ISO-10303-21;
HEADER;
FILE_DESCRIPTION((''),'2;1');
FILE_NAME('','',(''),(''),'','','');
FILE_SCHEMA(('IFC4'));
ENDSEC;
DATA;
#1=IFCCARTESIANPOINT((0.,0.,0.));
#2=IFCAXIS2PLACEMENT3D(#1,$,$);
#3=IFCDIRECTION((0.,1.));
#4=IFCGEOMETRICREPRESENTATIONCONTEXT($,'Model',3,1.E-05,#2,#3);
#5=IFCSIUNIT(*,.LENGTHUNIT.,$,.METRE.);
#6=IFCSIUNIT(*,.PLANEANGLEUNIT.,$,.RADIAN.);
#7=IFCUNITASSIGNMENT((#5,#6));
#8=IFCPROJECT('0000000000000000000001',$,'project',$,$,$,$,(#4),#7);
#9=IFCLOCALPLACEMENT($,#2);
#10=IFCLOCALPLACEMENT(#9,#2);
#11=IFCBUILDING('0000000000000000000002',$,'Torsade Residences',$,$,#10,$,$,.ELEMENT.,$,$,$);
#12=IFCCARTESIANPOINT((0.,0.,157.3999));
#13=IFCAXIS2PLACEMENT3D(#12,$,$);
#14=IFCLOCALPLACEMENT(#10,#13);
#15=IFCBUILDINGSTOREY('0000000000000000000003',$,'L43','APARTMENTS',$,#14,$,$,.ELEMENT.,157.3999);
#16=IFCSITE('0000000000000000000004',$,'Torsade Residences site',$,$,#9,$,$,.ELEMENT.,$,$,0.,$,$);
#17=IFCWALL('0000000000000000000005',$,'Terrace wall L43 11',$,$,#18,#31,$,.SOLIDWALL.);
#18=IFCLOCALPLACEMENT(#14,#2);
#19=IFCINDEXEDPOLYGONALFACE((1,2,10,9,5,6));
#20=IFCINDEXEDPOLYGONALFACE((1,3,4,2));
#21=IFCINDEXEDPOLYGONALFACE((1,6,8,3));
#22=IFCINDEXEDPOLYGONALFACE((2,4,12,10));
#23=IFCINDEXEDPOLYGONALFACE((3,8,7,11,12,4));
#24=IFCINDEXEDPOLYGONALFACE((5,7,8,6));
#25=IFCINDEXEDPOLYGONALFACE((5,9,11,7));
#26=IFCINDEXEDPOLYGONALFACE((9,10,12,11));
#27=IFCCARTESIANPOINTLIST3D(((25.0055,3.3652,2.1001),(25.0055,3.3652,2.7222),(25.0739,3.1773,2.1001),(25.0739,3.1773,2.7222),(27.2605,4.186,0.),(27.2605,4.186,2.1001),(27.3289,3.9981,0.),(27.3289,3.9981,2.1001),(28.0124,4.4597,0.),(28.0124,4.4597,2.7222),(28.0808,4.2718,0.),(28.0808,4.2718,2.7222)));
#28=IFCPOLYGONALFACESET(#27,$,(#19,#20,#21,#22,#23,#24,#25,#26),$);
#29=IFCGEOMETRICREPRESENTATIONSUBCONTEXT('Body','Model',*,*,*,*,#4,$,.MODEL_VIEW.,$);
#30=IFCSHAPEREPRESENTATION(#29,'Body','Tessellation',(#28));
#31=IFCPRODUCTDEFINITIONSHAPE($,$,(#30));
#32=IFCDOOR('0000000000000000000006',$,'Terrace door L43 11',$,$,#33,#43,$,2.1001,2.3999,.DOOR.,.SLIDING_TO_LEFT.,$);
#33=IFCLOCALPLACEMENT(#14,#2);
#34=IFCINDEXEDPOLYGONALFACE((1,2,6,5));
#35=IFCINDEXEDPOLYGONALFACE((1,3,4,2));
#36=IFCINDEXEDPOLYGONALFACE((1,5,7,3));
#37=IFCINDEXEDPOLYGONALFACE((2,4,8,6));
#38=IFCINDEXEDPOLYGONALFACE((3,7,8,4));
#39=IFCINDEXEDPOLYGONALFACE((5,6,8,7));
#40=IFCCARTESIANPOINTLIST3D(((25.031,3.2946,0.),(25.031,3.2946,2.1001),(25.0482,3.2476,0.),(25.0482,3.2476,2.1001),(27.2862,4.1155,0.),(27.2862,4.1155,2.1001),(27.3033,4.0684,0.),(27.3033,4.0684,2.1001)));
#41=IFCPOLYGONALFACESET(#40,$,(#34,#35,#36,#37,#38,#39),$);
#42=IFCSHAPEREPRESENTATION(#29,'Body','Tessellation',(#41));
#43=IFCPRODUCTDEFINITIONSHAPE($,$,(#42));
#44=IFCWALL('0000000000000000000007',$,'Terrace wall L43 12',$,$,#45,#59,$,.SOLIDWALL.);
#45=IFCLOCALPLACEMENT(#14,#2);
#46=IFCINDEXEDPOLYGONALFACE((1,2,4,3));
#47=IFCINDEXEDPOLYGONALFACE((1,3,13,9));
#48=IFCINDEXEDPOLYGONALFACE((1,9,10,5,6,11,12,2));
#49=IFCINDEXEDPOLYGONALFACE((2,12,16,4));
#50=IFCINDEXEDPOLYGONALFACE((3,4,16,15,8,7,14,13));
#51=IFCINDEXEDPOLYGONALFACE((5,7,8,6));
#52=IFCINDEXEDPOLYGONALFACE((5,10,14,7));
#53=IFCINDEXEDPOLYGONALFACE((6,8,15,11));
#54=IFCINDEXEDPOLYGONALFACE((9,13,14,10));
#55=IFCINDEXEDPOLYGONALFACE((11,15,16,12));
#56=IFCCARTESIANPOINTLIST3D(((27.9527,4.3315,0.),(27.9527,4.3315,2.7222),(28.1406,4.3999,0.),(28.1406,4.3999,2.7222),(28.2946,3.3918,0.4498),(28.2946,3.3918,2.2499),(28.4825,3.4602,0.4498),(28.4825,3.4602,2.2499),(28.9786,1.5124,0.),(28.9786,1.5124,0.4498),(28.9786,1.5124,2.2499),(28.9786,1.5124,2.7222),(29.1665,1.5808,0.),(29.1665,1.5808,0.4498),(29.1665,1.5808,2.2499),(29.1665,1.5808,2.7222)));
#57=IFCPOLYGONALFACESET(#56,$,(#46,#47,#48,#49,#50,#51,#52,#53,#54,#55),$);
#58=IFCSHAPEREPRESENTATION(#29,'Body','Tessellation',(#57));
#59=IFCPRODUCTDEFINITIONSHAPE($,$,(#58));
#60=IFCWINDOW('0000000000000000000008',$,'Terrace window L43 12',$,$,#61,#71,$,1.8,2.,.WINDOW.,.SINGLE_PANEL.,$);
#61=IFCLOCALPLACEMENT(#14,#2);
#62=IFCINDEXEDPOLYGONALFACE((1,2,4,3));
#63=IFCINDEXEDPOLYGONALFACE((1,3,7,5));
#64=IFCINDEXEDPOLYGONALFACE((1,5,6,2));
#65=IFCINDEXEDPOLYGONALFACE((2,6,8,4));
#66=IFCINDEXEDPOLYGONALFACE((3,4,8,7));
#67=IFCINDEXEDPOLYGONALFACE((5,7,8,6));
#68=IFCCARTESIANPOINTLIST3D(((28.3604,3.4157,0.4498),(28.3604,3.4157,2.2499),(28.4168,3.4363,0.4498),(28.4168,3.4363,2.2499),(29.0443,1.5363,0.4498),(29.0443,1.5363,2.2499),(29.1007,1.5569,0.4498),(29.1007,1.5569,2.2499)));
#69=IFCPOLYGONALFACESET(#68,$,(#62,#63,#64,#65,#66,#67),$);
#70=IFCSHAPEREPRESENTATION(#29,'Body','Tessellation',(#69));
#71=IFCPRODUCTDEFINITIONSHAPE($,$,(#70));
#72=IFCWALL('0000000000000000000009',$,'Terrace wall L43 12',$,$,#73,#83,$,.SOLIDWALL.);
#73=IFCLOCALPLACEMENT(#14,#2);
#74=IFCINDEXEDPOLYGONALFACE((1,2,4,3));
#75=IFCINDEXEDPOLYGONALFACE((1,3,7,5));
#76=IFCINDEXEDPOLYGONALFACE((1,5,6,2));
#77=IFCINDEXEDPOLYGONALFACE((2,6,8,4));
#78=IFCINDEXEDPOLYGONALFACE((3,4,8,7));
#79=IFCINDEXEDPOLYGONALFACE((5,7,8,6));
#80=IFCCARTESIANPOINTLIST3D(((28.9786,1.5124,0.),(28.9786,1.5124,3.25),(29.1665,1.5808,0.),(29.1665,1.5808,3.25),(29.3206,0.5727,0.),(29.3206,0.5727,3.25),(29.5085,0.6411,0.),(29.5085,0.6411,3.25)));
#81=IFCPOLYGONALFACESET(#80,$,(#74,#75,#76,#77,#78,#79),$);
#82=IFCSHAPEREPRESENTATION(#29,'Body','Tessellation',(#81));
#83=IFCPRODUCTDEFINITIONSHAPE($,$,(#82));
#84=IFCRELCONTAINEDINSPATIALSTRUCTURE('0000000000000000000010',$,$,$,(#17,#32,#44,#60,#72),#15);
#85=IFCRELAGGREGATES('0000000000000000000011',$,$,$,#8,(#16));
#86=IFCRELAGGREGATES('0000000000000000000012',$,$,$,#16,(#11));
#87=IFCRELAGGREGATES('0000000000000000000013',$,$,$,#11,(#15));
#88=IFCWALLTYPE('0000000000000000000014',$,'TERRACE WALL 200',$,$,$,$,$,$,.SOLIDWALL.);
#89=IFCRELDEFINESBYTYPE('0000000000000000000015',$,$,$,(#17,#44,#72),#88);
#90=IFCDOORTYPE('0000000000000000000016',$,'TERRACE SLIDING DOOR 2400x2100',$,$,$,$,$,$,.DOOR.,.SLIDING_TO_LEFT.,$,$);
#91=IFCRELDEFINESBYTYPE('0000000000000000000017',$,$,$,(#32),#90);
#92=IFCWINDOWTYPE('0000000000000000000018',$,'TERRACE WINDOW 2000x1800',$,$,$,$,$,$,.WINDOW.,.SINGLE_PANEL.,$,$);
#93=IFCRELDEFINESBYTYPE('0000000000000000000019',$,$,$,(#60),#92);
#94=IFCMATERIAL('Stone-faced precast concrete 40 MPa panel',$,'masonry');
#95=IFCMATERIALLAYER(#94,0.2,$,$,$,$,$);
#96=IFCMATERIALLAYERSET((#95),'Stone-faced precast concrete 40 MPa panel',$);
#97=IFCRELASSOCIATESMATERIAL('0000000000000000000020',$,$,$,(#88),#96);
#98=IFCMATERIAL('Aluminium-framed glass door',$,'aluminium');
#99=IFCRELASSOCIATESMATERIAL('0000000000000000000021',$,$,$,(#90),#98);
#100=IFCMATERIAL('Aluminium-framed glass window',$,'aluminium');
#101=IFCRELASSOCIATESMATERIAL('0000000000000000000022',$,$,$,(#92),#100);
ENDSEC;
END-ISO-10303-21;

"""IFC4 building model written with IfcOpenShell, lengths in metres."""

from ifc_helpers import new_model, si_unit, direction, frame, frame_2d, origin, place, context, subcontext, project, spatial, rectangle, extrude, material, layer, layer_set, type_object, element, fill, save


model = new_model("IFC4")

# Units and contexts
model_context = context("Model", 3, precision=1e-05, world=origin(), true_north=direction((0.0, 1.0)))
body_context = subcontext(model_context, "Body", "Model", "MODEL_VIEW")
ifc_project = project(units=[si_unit("LENGTHUNIT", "METRE"), si_unit("PLANEANGLEUNIT", "RADIAN")], contexts=[model_context])

# Site, building, storey
site_placement = place(None, origin())
site = spatial("IfcSite", under=ifc_project, at=site_placement, Name="Torsade Residences site", CompositionType="ELEMENT", RefElevation=0.0)
building_placement = place(site_placement, origin())
building = spatial("IfcBuilding", under=site, at=building_placement, Name="Torsade Residences", CompositionType="ELEMENT")
storey_placement = place(building_placement, frame((0.0, 0.0, 157.3999)))
storey = spatial("IfcBuildingStorey", under=building, at=storey_placement, Name="L43", Description="APARTMENTS", CompositionType="ELEMENT", Elevation=157.3999)

# Wall, opening, door
ifc_material_1 = material(Name="Stone-faced precast concrete 40 MPa panel", Category="masonry")
ifc_layer_1 = layer(ifc_material_1, 0.2)
ifc_layer_set_1 = layer_set([ifc_layer_1], Name="Stone-faced precast concrete 40 MPa panel")
wall_type_1 = type_object("IfcWallType", Name="TERRACE WALL 200", PredefinedType="SOLIDWALL", material=ifc_layer_set_1)
wall_1_placement = place(storey_placement, frame((25.0396, 3.2712, 0.0), z_axis=(0.0, 0.0, 1.0), x_axis=(0.939693, 0.342019, 0.0)))
wall_1 = element("IfcWall", 1, at=wall_1_placement, inside=storey, type_object=wall_type_1, Name="Terrace wall L43 11", PredefinedType="SOLIDWALL", context=body_context, shape_type="SweptSolid", body=[
    extrude(rectangle(XDim=3.2, YDim=0.2, at=frame_2d((1.6001, 0.0))), origin(), (0.0, 0.0, 1.0), 2.7222),
])
opening_1_placement = place(wall_1_placement, origin())
opening_1 = element("IfcOpeningElement", 2, at=opening_1_placement, cuts=wall_1, PredefinedType="OPENING", context=body_context, shape_type="SweptSolid", body=[
    extrude(rectangle(XDim=2.3999, YDim=2.1001, at=frame_2d((1.2, 1.05))), frame((0.0, 0.1099, 0.0), z_axis=(0.0, -1.0, 0.0), x_axis=(1.0, 0.0, 0.0)), (0.0, 0.0, 1.0), 0.22),
])
ifc_material_2 = material(Name="Aluminium-framed glass door", Category="aluminium")
door_type_1 = type_object("IfcDoorType", Name="TERRACE SLIDING DOOR 2400x2100", OperationType="SLIDING_TO_LEFT", PredefinedType="DOOR", material=ifc_material_2)
door_1_placement = place(opening_1_placement, origin())
door_1 = element("IfcDoor", 3, at=door_1_placement, inside=storey, type_object=door_type_1, Name="Terrace door L43 11", OperationType="SLIDING_TO_LEFT", OverallHeight=2.1001, OverallWidth=2.3999, PredefinedType="DOOR", context=body_context, shape_type="SweptSolid", body=[
    extrude(rectangle(XDim=2.3999, YDim=2.1001, at=frame_2d((1.2, 1.05))), frame((0.0, 0.0249, 0.0), z_axis=(0.0, -1.0, 0.0), x_axis=(1.0, 0.0, 0.0)), (0.0, 0.0, 1.0), 0.05),
])
fill(opening_1, door_1)

# Wall, opening, window
wall_2_placement = place(storey_placement, frame((28.0466, 4.3657, 0.0), z_axis=(0.0, 0.0, 1.0), x_axis=(0.341965, -0.939713, 0.0)))
wall_2 = element("IfcWall", 4, at=wall_2_placement, inside=storey, type_object=wall_type_1, Name="Terrace wall L43 12", PredefinedType="SOLIDWALL", context=body_context, shape_type="SweptSolid", body=[
    extrude(rectangle(XDim=3.0, YDim=0.2, at=frame_2d((1.5, 0.0))), origin(), (0.0, 0.0, 1.0), 2.7222),
])
opening_2_placement = place(wall_2_placement, frame((1.0, 0.0, 0.45)))
opening_2 = element("IfcOpeningElement", 5, at=opening_2_placement, cuts=wall_2, PredefinedType="OPENING", context=body_context, shape_type="SweptSolid", body=[
    extrude(rectangle(XDim=2.0, YDim=1.8, at=frame_2d((1.0, 0.8999))), frame((0.0, 0.1099, 0.0), z_axis=(0.0, -1.0, 0.0), x_axis=(1.0, 0.0, 0.0)), (0.0, 0.0, 1.0), 0.22),
])
ifc_material_3 = material(Name="Aluminium-framed glass window", Category="aluminium")
window_type = type_object("IfcWindowType", Name="TERRACE WINDOW 2000x1800", PartitioningType="SINGLE_PANEL", PredefinedType="WINDOW", material=ifc_material_3)
window_placement = place(opening_2_placement, origin())
window = element("IfcWindow", 6, at=window_placement, inside=storey, type_object=window_type, Name="Terrace window L43 12", OverallHeight=1.8, OverallWidth=2.0, PartitioningType="SINGLE_PANEL", PredefinedType="WINDOW", context=body_context, shape_type="SweptSolid", body=[
    extrude(rectangle(XDim=2.0, YDim=1.8, at=frame_2d((1.0, 0.8999))), frame((0.0, 0.03, 0.0), z_axis=(0.0, -1.0, 0.0), x_axis=(1.0, 0.0, 0.0)), (0.0, 0.0, 1.0), 0.0601),
])
fill(opening_2, window)

# Wall
wall_3_placement = place(storey_placement, frame((29.0725, 1.5466, 0.0), z_axis=(0.0, 0.0, 1.0), x_axis=(0.342037, -0.939686, 0.0)))
element("IfcWall", 7, at=wall_3_placement, inside=storey, type_object=wall_type_1, Name="Terrace wall L43 12", PredefinedType="SOLIDWALL", context=body_context, shape_type="SweptSolid", body=[
    extrude(rectangle(XDim=1.0, YDim=0.2, at=frame_2d((0.5, 0.0))), origin(), (0.0, 0.0, 1.0), 3.25),
])

save(model, "model.ifc")
